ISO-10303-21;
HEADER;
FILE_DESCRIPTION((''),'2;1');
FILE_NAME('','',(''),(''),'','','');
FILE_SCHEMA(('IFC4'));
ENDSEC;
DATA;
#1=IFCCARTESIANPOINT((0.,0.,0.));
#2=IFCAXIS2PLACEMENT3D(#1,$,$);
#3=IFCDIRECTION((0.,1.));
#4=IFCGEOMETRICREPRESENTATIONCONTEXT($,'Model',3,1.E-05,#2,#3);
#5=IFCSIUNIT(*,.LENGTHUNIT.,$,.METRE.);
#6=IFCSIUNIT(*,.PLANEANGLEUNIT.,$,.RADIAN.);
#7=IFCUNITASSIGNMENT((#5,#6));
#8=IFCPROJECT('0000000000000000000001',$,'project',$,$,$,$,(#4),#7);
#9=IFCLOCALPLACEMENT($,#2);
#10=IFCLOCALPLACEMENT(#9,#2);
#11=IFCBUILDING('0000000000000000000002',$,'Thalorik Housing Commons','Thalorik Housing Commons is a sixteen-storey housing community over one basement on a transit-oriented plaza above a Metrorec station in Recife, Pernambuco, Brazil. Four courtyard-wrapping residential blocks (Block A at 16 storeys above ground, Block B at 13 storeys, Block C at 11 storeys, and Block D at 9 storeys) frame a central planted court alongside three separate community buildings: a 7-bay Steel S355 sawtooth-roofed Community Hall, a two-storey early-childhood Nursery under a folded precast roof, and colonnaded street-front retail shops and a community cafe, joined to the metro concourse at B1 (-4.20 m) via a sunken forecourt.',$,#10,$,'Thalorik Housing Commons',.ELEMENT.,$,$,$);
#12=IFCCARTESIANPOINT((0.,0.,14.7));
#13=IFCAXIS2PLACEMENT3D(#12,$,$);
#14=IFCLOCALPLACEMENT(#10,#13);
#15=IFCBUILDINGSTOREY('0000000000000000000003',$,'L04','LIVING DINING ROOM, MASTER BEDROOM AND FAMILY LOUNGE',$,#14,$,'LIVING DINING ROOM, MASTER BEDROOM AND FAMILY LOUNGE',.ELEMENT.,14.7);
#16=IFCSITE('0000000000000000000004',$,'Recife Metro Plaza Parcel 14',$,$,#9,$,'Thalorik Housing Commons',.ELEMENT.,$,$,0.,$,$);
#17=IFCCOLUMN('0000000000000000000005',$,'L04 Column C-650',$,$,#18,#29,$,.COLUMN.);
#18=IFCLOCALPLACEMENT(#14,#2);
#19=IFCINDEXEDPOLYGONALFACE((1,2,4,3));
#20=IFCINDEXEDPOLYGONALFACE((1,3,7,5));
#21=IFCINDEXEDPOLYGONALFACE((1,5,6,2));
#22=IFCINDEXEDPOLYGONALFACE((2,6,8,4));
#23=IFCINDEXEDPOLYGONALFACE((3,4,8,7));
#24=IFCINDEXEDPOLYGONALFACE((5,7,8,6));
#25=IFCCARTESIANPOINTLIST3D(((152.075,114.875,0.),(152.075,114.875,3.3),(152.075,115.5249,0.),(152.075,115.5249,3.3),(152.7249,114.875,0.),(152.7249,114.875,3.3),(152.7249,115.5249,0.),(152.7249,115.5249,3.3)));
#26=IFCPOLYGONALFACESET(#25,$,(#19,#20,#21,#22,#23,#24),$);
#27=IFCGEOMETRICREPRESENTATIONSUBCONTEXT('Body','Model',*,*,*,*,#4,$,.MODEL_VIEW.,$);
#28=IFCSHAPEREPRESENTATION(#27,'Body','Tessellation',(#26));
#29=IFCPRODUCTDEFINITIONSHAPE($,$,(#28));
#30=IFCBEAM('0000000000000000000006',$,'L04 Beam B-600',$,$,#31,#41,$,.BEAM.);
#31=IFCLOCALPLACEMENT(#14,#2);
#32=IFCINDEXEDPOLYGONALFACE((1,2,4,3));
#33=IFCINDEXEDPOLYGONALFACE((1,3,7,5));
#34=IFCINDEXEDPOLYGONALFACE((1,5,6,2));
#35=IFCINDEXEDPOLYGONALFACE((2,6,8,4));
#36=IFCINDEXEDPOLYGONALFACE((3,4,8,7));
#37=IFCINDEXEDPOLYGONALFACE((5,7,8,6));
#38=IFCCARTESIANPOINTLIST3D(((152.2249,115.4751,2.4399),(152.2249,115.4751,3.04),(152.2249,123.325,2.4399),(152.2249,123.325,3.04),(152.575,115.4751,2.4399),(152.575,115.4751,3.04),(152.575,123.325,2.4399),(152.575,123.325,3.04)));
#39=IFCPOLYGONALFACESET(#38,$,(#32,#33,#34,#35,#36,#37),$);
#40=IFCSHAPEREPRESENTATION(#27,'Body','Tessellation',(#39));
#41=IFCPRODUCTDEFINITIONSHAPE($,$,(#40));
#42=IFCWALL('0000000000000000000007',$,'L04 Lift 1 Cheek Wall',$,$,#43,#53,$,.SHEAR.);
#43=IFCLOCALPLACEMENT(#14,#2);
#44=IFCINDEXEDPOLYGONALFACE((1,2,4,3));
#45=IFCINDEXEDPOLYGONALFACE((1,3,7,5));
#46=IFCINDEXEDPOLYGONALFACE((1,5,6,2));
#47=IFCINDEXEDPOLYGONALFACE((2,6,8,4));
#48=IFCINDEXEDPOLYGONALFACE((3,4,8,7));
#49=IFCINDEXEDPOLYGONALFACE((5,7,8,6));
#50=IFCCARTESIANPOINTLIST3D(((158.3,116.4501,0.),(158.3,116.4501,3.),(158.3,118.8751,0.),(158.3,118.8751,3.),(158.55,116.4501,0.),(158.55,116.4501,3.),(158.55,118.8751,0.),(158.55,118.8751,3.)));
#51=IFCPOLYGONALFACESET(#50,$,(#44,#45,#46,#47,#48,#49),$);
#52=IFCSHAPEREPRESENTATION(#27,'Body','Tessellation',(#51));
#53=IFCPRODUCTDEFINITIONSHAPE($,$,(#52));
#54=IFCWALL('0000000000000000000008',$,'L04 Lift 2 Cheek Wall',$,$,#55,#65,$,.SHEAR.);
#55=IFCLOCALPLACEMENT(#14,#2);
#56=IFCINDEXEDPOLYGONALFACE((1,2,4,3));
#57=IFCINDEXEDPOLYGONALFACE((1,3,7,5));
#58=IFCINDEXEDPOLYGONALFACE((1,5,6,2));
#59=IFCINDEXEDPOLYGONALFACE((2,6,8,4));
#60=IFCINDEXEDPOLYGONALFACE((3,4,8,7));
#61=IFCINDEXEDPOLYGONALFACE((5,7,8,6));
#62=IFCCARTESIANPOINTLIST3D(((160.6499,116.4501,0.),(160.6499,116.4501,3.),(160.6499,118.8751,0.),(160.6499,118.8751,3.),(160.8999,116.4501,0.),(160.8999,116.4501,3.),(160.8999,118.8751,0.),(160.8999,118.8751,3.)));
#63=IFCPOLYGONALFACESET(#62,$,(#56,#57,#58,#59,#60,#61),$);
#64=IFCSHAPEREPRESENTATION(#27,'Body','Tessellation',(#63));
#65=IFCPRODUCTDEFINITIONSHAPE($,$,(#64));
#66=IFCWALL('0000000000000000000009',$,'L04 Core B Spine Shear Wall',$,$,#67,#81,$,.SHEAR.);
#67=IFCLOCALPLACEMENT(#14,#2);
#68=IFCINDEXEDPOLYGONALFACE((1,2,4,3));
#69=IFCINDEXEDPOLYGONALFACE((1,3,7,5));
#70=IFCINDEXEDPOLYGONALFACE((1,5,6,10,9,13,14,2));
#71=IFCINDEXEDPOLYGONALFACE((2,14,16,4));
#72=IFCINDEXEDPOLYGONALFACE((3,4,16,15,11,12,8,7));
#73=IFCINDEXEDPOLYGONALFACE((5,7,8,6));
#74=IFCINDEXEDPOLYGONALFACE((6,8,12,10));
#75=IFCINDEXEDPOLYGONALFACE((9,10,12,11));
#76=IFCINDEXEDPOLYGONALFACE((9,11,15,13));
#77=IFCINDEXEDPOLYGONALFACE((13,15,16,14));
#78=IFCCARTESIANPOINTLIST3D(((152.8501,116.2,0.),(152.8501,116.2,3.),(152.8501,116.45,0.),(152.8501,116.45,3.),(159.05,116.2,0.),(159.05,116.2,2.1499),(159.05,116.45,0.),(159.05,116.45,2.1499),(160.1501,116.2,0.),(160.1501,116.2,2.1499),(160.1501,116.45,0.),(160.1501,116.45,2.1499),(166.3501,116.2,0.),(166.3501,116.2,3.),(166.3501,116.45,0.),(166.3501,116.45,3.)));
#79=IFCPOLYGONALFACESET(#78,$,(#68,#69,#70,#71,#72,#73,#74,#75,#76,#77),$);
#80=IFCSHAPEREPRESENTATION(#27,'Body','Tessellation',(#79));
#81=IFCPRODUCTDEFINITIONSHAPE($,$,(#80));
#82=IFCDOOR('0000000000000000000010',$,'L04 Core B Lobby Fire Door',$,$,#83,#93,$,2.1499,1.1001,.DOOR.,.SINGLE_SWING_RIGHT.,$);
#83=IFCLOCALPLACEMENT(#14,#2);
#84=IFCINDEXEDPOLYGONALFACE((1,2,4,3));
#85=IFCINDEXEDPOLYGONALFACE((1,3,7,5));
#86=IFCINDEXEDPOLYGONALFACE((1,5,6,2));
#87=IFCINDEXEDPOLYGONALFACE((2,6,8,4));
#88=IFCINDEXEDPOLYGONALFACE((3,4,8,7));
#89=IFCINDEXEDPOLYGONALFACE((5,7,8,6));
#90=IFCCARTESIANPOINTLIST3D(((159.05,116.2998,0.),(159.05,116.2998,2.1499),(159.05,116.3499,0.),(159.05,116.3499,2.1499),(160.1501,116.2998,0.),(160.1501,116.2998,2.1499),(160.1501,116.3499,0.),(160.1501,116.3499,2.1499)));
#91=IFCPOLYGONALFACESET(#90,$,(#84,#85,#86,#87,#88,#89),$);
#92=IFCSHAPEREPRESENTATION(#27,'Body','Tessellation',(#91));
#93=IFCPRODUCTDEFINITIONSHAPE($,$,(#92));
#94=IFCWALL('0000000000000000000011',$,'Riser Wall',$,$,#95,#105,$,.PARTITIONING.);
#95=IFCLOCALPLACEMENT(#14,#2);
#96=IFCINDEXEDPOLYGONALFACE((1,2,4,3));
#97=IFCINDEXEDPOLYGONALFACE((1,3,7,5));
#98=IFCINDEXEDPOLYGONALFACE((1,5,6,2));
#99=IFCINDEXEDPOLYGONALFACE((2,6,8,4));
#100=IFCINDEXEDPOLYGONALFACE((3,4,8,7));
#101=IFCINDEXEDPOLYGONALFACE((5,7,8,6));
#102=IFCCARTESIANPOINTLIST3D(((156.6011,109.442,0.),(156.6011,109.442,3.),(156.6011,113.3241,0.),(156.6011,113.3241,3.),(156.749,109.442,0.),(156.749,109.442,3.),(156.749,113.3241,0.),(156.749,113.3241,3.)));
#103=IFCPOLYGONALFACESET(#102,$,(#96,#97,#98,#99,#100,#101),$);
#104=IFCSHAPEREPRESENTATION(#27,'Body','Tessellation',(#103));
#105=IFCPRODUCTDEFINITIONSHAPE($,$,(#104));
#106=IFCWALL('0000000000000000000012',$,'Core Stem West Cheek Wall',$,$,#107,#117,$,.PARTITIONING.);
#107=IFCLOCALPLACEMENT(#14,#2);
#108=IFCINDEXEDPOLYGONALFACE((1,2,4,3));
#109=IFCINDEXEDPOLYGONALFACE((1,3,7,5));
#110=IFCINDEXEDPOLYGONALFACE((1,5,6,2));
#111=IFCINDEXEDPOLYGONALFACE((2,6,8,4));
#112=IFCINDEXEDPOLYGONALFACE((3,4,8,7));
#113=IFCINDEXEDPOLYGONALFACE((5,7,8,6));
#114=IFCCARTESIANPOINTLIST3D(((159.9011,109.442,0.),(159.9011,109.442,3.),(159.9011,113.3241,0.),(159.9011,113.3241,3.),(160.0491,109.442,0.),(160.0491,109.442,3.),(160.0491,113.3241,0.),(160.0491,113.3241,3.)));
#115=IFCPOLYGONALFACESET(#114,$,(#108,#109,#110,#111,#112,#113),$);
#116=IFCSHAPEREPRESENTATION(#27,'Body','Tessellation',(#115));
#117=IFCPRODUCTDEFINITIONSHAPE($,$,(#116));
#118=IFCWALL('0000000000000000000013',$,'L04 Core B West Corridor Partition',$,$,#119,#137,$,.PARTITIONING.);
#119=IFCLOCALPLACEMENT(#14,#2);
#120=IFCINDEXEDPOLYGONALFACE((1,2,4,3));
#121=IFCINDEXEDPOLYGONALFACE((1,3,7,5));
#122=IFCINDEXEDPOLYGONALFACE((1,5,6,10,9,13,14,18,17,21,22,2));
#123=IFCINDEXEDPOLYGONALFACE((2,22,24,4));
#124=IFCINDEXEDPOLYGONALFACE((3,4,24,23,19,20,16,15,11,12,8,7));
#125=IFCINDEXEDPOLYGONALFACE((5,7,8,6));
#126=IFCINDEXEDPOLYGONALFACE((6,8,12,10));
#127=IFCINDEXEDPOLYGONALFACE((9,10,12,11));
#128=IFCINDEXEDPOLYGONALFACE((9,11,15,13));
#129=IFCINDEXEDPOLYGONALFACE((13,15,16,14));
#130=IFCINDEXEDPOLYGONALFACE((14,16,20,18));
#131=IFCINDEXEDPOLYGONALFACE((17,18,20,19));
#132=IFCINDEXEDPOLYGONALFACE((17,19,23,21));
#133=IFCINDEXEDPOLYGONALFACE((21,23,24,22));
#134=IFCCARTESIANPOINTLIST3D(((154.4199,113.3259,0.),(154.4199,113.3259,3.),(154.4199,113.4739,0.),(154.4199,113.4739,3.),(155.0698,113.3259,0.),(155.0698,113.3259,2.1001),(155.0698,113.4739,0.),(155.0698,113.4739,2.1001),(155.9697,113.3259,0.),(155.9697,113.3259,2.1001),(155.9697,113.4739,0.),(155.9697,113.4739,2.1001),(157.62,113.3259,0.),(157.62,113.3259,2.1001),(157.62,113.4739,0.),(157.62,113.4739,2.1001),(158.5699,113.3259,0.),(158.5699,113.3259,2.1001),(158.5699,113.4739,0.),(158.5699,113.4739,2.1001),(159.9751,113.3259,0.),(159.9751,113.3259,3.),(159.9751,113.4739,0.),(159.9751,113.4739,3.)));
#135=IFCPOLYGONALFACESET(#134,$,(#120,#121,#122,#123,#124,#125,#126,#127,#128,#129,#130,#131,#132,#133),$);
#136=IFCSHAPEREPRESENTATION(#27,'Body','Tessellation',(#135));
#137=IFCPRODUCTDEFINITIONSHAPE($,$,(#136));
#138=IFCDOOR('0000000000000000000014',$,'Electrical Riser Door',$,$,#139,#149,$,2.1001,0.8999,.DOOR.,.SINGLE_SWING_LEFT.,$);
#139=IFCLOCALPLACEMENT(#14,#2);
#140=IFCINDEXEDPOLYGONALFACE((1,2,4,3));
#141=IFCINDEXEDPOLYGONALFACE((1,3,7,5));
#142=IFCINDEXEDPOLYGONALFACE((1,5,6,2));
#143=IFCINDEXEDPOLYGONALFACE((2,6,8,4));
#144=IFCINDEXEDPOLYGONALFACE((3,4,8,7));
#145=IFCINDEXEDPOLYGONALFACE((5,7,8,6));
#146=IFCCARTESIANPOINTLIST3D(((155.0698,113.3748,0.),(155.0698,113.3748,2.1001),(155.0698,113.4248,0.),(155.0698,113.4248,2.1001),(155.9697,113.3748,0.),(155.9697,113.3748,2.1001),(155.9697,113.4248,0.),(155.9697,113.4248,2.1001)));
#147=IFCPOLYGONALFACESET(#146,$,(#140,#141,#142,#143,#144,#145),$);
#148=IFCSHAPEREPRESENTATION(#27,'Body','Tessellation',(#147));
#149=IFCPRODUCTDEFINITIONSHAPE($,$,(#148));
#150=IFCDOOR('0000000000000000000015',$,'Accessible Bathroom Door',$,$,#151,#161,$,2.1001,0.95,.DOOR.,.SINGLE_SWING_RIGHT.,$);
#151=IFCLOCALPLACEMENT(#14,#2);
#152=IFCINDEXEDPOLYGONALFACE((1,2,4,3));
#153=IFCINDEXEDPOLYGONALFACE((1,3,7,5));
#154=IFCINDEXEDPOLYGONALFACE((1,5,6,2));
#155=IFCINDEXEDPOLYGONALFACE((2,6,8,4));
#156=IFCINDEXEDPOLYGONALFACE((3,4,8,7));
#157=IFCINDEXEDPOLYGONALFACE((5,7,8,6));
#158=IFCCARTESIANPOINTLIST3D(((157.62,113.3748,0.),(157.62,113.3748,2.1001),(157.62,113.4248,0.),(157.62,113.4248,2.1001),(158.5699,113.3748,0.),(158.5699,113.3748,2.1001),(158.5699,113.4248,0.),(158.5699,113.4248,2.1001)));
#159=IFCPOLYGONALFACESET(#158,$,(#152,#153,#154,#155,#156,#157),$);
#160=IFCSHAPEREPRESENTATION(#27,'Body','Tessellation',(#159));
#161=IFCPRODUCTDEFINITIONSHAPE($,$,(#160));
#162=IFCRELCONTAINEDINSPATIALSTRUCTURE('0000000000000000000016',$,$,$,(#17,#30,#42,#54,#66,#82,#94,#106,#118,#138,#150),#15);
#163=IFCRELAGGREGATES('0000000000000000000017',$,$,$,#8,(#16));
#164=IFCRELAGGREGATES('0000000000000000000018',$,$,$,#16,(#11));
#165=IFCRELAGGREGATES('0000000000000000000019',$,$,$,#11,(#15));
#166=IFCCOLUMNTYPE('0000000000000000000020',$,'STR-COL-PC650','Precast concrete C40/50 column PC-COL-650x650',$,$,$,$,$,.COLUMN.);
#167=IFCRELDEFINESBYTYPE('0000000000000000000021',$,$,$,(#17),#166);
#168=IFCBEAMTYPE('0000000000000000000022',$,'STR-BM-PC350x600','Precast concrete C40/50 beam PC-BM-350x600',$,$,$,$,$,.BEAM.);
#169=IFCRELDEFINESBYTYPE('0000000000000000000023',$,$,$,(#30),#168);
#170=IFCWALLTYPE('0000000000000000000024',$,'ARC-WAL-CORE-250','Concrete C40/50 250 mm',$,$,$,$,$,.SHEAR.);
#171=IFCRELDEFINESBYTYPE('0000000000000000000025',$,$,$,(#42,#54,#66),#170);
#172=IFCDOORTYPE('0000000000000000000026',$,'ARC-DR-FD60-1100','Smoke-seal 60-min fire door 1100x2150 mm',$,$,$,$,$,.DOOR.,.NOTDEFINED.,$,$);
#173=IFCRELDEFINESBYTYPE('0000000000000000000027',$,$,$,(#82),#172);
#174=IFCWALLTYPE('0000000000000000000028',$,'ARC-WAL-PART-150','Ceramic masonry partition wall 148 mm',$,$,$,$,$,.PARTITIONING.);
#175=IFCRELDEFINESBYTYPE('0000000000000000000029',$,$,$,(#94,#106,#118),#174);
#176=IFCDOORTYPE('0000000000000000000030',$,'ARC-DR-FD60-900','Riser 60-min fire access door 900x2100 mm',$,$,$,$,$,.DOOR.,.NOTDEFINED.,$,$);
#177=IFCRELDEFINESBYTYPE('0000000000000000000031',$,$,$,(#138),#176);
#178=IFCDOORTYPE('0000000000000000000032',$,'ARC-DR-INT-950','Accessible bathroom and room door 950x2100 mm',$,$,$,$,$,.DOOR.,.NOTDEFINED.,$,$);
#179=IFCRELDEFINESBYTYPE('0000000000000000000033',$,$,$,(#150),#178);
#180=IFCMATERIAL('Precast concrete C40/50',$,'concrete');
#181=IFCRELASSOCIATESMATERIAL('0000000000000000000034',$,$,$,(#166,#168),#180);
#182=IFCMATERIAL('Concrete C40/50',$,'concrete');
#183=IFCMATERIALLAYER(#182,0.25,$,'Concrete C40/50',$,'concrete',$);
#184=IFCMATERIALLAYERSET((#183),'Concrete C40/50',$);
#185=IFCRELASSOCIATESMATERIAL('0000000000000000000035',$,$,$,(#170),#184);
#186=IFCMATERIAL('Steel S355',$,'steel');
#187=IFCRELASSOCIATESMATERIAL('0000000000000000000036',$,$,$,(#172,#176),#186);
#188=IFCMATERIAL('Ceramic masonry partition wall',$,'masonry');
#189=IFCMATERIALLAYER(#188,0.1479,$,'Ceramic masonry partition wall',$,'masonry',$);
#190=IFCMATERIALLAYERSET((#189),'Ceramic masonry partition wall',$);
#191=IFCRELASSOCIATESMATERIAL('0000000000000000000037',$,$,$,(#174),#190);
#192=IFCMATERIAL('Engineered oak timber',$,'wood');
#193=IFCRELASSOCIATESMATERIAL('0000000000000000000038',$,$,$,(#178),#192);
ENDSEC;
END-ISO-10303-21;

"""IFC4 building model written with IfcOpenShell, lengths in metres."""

from ifc_helpers import new_model, si_unit, direction, frame, frame_2d, origin, origin_2d, place, context, subcontext, project, spatial, rectangle, extrude, material, layer, layer_set, material_profile, profile_set, type_object, element, fill, save


model = new_model("IFC4")

# Units and contexts
model_context = context("Model", 3, precision=1e-05, world=origin(), true_north=direction((0.0, 1.0)))
body_context = subcontext(model_context, "Body", "Model", "MODEL_VIEW")
ifc_project = project(units=[si_unit("LENGTHUNIT", "METRE"), si_unit("PLANEANGLEUNIT", "RADIAN")], contexts=[model_context])

# Site, building, storey
site_placement = place(None, origin())
site = spatial("IfcSite", under=ifc_project, at=site_placement, Name="Recife Metro Plaza Parcel 14", LongName="Thalorik Housing Commons", CompositionType="ELEMENT", RefElevation=0.0)
building_placement = place(site_placement, origin())
building = spatial("IfcBuilding", under=site, at=building_placement, Name="Thalorik Housing Commons", Description="Thalorik Housing Commons is a sixteen-storey housing community over one basement on a transit-oriented plaza above a Metrorec station in Recife, Pernambuco, Brazil. Four courtyard-wrapping residential blocks (Block A at 16 storeys above ground, Block B at 13 storeys, Block C at 11 storeys, and Block D at 9 storeys) frame a central planted court alongside three separate community buildings: a 7-bay Steel S355 sawtooth-roofed Community Hall, a two-storey early-childhood Nursery under a folded precast roof, and colonnaded street-front retail shops and a community cafe, joined to the metro concourse at B1 (-4.20 m) via a sunken forecourt.", LongName="Thalorik Housing Commons", CompositionType="ELEMENT")
storey_placement = place(building_placement, frame((0.0, 0.0, 14.7)))
storey = spatial("IfcBuildingStorey", under=building, at=storey_placement, Name="L04", Description="LIVING DINING ROOM, MASTER BEDROOM AND FAMILY LOUNGE", LongName="LIVING DINING ROOM, MASTER BEDROOM AND FAMILY LOUNGE", CompositionType="ELEMENT", Elevation=14.7)

# Column
ifc_material_1 = material(Name="Precast concrete C40/50", Category="concrete")
ifc_material_profile_1 = material_profile(ifc_material_1, rectangle(XDim=0.6499, YDim=0.6499, at=origin_2d()), Name="PC 650x650", Category="concrete")
ifc_profile_set_1 = profile_set([ifc_material_profile_1], Name="Precast concrete C40/50")
column_type = type_object("IfcColumnType", Name="STR-COL-PC650", Description="Precast concrete C40/50 column PC-COL-650x650", PredefinedType="COLUMN", material=ifc_profile_set_1)
column_placement = place(storey_placement, frame((152.3999, 115.2, 0.0), z_axis=(0.0, 0.0, 1.0), x_axis=(1.0, 0.0, 0.0)))
element("IfcColumn", 1, at=column_placement, inside=storey, type_object=column_type, Name="L04 Column C-650", PredefinedType="COLUMN", context=body_context, shape_type="SweptSolid", body=[
    extrude(rectangle(XDim=0.6499, YDim=0.6499, at=origin_2d()), origin(), (0.0, 0.0, 1.0), 3.3),
])

# Beam
ifc_material_profile_2 = material_profile(ifc_material_1, rectangle(XDim=0.3501, YDim=0.6001, at=origin_2d()), Name="PC 350x600", Category="concrete")
ifc_profile_set_2 = profile_set([ifc_material_profile_2], Name="Precast concrete C40/50")
beam_type = type_object("IfcBeamType", Name="STR-BM-PC350x600", Description="Precast concrete C40/50 beam PC-BM-350x600", PredefinedType="BEAM", material=ifc_profile_set_2)
beam_placement = place(storey_placement, frame((152.3999, 115.4751, 2.74), z_axis=(0.0, 1.0, 0.0), x_axis=(-1.0, 0.0, 0.0)))
element("IfcBeam", 2, at=beam_placement, inside=storey, type_object=beam_type, Name="L04 Beam B-600", PredefinedType="BEAM", context=body_context, shape_type="SweptSolid", body=[
    extrude(rectangle(XDim=0.3501, YDim=0.6001, at=origin_2d()), origin(), (0.0, 0.0, 1.0), 7.8499),
])

# Shared definitions
ifc_material_2 = material(Name="Concrete C40/50", Category="concrete")
ifc_layer_1 = layer(ifc_material_2, 0.25, Name="Concrete C40/50", Category="concrete")
ifc_layer_set_1 = layer_set([ifc_layer_1], Name="Concrete C40/50")
wall_type_1 = type_object("IfcWallType", Name="ARC-WAL-CORE-250", Description="Concrete C40/50 250 mm", PredefinedType="SHEAR", material=ifc_layer_set_1)
ifc_material_3 = material(Name="Steel S355", Category="steel")

# Walls
for number, where, z_axis, x_axis, name in (
    (3, (158.425, 118.875, 0.0), (0.0, 0.0, 1.0), (0.0, -1.0, 0.0), "L04 Lift 1 Cheek Wall"),
    (4, (160.7749, 118.875, 0.0), (0.0, 0.0, 1.0), (0.0, -1.0, 0.0), "L04 Lift 2 Cheek Wall"),
):
    element("IfcWall", number, at=place(storey_placement, frame(where, z_axis=z_axis, x_axis=x_axis)), inside=storey, type_object=wall_type_1, Name=name, PredefinedType="SHEAR", context=body_context, shape_type="SweptSolid", body=[
        extrude(rectangle(XDim=2.425, YDim=0.25, at=frame_2d((1.2124, 0.0))), origin(), (0.0, 0.0, 1.0), 3.0),
    ])

# Wall, opening, door
wall_1_placement = place(storey_placement, frame((152.8501, 116.325, 0.0), z_axis=(0.0, 0.0, 1.0), x_axis=(1.0, 0.0, 0.0)))
wall_1 = element("IfcWall", 5, at=wall_1_placement, inside=storey, type_object=wall_type_1, Name="L04 Core B Spine Shear Wall", PredefinedType="SHEAR", context=body_context, shape_type="SweptSolid", body=[
    extrude(rectangle(XDim=13.5, YDim=0.25, at=frame_2d((6.75, 0.0))), origin(), (0.0, 0.0, 1.0), 3.0),
])
opening_1_placement = place(wall_1_placement, frame((6.2, 0.0, 0.0)))
opening_1 = element("IfcOpeningElement", 6, at=opening_1_placement, cuts=wall_1, PredefinedType="OPENING", context=body_context, shape_type="SweptSolid", body=[
    extrude(rectangle(XDim=1.1001, YDim=2.1499, at=frame_2d((0.55, 1.075))), frame((0.0, 0.135, 0.0), z_axis=(0.0, -1.0, 0.0), x_axis=(1.0, 0.0, 0.0)), (0.0, 0.0, 1.0), 0.27),
])
door_type_1 = type_object("IfcDoorType", Name="ARC-DR-FD60-1100", Description="Smoke-seal 60-min fire door 1100x2150 mm", OperationType="NOTDEFINED", PredefinedType="DOOR", material=ifc_material_3)
door_1_placement = place(opening_1_placement, origin())
door_1 = element("IfcDoor", 7, at=door_1_placement, inside=storey, type_object=door_type_1, Name="L04 Core B Lobby Fire Door", OperationType="SINGLE_SWING_RIGHT", OverallHeight=2.1499, OverallWidth=1.1001, PredefinedType="DOOR", context=body_context, shape_type="SweptSolid", body=[
    extrude(rectangle(XDim=1.1001, YDim=2.1499, at=frame_2d((0.55, 1.075))), frame((0.0, 0.0249, 0.0), z_axis=(0.0, -1.0, 0.0), x_axis=(1.0, 0.0, 0.0)), (0.0, 0.0, 1.0), 0.05),
])
fill(opening_1, door_1)

# Walls
ifc_material_4 = material(Name="Ceramic masonry partition wall", Category="masonry")
ifc_layer_2 = layer(ifc_material_4, 0.1479, Name="Ceramic masonry partition wall", Category="masonry")
ifc_layer_set_2 = layer_set([ifc_layer_2], Name="Ceramic masonry partition wall")
wall_type_2 = type_object("IfcWallType", Name="ARC-WAL-PART-150", Description="Ceramic masonry partition wall 148 mm", PredefinedType="PARTITIONING", material=ifc_layer_set_2)
for number, where, z_axis, x_axis, name in (
    (8, (156.675, 113.324, 0.0), (0.0, 0.0, 1.0), (0.0, -1.0, 0.0), "Riser Wall"),
    (9, (159.9751, 113.324, 0.0), (0.0, 0.0, 1.0), (0.0, -1.0, 0.0), "Core Stem West Cheek Wall"),
):
    element("IfcWall", number, at=place(storey_placement, frame(where, z_axis=z_axis, x_axis=x_axis)), inside=storey, type_object=wall_type_2, Name=name, PredefinedType="PARTITIONING", context=body_context, shape_type="SweptSolid", body=[
        extrude(rectangle(XDim=3.8821, YDim=0.1479, at=frame_2d((1.9409, 0.0))), origin(), (0.0, 0.0, 1.0), 3.0),
    ])

# Wall, openings, doors
wall_2_placement = place(storey_placement, frame((154.4199, 113.3999, 0.0), z_axis=(0.0, 0.0, 1.0), x_axis=(1.0, 0.0, 0.0)))
wall_2 = element("IfcWall", 10, at=wall_2_placement, inside=storey, type_object=wall_type_2, Name="L04 Core B West Corridor Partition", PredefinedType="PARTITIONING", context=body_context, shape_type="SweptSolid", body=[
    extrude(rectangle(XDim=5.5552, YDim=0.1479, at=frame_2d((2.7776, 0.0))), origin(), (0.0, 0.0, 1.0), 3.0),
])
opening_2_placement = place(wall_2_placement, frame((0.6499, 0.0, 0.0)))
opening_2 = element("IfcOpeningElement", 11, at=opening_2_placement, cuts=wall_2, PredefinedType="OPENING", context=body_context, shape_type="SweptSolid", body=[
    extrude(rectangle(XDim=0.8999, YDim=2.1001, at=frame_2d((0.45, 1.05))), frame((0.0, 0.084, 0.0), z_axis=(0.0, -1.0, 0.0), x_axis=(1.0, 0.0, 0.0)), (0.0, 0.0, 1.0), 0.168),
])
opening_3_placement = place(wall_2_placement, frame((3.2, 0.0, 0.0)))
opening_3 = element("IfcOpeningElement", 12, at=opening_3_placement, cuts=wall_2, PredefinedType="OPENING", context=body_context, shape_type="SweptSolid", body=[
    extrude(rectangle(XDim=0.95, YDim=2.1001, at=frame_2d((0.4751, 1.05))), frame((0.0, 0.084, 0.0), z_axis=(0.0, -1.0, 0.0), x_axis=(1.0, 0.0, 0.0)), (0.0, 0.0, 1.0), 0.168),
])
door_type_2 = type_object("IfcDoorType", Name="ARC-DR-FD60-900", Description="Riser 60-min fire access door 900x2100 mm", OperationType="NOTDEFINED", PredefinedType="DOOR", material=ifc_material_3)
door_2_placement = place(opening_2_placement, origin())
door_2 = element("IfcDoor", 13, at=door_2_placement, inside=storey, type_object=door_type_2, Name="Electrical Riser Door", OperationType="SINGLE_SWING_LEFT", OverallHeight=2.1001, OverallWidth=0.8999, PredefinedType="DOOR", context=body_context, shape_type="SweptSolid", body=[
    extrude(rectangle(XDim=0.8999, YDim=2.1001, at=frame_2d((0.45, 1.05))), frame((0.0, 0.0249, 0.0), z_axis=(0.0, -1.0, 0.0), x_axis=(1.0, 0.0, 0.0)), (0.0, 0.0, 1.0), 0.05),
])
fill(opening_2, door_2)
ifc_material_5 = material(Name="Engineered oak timber", Category="wood")
door_type_3 = type_object("IfcDoorType", Name="ARC-DR-INT-950", Description="Accessible bathroom and room door 950x2100 mm", OperationType="NOTDEFINED", PredefinedType="DOOR", material=ifc_material_5)
door_3_placement = place(opening_3_placement, origin())
door_3 = element("IfcDoor", 14, at=door_3_placement, inside=storey, type_object=door_type_3, Name="Accessible Bathroom Door", OperationType="SINGLE_SWING_RIGHT", OverallHeight=2.1001, OverallWidth=0.95, PredefinedType="DOOR", context=body_context, shape_type="SweptSolid", body=[
    extrude(rectangle(XDim=0.95, YDim=2.1001, at=frame_2d((0.4751, 1.05))), frame((0.0, 0.0249, 0.0), z_axis=(0.0, -1.0, 0.0), x_axis=(1.0, 0.0, 0.0)), (0.0, 0.0, 1.0), 0.05),
])
fill(opening_3, door_3)

save(model, "model.ifc")
